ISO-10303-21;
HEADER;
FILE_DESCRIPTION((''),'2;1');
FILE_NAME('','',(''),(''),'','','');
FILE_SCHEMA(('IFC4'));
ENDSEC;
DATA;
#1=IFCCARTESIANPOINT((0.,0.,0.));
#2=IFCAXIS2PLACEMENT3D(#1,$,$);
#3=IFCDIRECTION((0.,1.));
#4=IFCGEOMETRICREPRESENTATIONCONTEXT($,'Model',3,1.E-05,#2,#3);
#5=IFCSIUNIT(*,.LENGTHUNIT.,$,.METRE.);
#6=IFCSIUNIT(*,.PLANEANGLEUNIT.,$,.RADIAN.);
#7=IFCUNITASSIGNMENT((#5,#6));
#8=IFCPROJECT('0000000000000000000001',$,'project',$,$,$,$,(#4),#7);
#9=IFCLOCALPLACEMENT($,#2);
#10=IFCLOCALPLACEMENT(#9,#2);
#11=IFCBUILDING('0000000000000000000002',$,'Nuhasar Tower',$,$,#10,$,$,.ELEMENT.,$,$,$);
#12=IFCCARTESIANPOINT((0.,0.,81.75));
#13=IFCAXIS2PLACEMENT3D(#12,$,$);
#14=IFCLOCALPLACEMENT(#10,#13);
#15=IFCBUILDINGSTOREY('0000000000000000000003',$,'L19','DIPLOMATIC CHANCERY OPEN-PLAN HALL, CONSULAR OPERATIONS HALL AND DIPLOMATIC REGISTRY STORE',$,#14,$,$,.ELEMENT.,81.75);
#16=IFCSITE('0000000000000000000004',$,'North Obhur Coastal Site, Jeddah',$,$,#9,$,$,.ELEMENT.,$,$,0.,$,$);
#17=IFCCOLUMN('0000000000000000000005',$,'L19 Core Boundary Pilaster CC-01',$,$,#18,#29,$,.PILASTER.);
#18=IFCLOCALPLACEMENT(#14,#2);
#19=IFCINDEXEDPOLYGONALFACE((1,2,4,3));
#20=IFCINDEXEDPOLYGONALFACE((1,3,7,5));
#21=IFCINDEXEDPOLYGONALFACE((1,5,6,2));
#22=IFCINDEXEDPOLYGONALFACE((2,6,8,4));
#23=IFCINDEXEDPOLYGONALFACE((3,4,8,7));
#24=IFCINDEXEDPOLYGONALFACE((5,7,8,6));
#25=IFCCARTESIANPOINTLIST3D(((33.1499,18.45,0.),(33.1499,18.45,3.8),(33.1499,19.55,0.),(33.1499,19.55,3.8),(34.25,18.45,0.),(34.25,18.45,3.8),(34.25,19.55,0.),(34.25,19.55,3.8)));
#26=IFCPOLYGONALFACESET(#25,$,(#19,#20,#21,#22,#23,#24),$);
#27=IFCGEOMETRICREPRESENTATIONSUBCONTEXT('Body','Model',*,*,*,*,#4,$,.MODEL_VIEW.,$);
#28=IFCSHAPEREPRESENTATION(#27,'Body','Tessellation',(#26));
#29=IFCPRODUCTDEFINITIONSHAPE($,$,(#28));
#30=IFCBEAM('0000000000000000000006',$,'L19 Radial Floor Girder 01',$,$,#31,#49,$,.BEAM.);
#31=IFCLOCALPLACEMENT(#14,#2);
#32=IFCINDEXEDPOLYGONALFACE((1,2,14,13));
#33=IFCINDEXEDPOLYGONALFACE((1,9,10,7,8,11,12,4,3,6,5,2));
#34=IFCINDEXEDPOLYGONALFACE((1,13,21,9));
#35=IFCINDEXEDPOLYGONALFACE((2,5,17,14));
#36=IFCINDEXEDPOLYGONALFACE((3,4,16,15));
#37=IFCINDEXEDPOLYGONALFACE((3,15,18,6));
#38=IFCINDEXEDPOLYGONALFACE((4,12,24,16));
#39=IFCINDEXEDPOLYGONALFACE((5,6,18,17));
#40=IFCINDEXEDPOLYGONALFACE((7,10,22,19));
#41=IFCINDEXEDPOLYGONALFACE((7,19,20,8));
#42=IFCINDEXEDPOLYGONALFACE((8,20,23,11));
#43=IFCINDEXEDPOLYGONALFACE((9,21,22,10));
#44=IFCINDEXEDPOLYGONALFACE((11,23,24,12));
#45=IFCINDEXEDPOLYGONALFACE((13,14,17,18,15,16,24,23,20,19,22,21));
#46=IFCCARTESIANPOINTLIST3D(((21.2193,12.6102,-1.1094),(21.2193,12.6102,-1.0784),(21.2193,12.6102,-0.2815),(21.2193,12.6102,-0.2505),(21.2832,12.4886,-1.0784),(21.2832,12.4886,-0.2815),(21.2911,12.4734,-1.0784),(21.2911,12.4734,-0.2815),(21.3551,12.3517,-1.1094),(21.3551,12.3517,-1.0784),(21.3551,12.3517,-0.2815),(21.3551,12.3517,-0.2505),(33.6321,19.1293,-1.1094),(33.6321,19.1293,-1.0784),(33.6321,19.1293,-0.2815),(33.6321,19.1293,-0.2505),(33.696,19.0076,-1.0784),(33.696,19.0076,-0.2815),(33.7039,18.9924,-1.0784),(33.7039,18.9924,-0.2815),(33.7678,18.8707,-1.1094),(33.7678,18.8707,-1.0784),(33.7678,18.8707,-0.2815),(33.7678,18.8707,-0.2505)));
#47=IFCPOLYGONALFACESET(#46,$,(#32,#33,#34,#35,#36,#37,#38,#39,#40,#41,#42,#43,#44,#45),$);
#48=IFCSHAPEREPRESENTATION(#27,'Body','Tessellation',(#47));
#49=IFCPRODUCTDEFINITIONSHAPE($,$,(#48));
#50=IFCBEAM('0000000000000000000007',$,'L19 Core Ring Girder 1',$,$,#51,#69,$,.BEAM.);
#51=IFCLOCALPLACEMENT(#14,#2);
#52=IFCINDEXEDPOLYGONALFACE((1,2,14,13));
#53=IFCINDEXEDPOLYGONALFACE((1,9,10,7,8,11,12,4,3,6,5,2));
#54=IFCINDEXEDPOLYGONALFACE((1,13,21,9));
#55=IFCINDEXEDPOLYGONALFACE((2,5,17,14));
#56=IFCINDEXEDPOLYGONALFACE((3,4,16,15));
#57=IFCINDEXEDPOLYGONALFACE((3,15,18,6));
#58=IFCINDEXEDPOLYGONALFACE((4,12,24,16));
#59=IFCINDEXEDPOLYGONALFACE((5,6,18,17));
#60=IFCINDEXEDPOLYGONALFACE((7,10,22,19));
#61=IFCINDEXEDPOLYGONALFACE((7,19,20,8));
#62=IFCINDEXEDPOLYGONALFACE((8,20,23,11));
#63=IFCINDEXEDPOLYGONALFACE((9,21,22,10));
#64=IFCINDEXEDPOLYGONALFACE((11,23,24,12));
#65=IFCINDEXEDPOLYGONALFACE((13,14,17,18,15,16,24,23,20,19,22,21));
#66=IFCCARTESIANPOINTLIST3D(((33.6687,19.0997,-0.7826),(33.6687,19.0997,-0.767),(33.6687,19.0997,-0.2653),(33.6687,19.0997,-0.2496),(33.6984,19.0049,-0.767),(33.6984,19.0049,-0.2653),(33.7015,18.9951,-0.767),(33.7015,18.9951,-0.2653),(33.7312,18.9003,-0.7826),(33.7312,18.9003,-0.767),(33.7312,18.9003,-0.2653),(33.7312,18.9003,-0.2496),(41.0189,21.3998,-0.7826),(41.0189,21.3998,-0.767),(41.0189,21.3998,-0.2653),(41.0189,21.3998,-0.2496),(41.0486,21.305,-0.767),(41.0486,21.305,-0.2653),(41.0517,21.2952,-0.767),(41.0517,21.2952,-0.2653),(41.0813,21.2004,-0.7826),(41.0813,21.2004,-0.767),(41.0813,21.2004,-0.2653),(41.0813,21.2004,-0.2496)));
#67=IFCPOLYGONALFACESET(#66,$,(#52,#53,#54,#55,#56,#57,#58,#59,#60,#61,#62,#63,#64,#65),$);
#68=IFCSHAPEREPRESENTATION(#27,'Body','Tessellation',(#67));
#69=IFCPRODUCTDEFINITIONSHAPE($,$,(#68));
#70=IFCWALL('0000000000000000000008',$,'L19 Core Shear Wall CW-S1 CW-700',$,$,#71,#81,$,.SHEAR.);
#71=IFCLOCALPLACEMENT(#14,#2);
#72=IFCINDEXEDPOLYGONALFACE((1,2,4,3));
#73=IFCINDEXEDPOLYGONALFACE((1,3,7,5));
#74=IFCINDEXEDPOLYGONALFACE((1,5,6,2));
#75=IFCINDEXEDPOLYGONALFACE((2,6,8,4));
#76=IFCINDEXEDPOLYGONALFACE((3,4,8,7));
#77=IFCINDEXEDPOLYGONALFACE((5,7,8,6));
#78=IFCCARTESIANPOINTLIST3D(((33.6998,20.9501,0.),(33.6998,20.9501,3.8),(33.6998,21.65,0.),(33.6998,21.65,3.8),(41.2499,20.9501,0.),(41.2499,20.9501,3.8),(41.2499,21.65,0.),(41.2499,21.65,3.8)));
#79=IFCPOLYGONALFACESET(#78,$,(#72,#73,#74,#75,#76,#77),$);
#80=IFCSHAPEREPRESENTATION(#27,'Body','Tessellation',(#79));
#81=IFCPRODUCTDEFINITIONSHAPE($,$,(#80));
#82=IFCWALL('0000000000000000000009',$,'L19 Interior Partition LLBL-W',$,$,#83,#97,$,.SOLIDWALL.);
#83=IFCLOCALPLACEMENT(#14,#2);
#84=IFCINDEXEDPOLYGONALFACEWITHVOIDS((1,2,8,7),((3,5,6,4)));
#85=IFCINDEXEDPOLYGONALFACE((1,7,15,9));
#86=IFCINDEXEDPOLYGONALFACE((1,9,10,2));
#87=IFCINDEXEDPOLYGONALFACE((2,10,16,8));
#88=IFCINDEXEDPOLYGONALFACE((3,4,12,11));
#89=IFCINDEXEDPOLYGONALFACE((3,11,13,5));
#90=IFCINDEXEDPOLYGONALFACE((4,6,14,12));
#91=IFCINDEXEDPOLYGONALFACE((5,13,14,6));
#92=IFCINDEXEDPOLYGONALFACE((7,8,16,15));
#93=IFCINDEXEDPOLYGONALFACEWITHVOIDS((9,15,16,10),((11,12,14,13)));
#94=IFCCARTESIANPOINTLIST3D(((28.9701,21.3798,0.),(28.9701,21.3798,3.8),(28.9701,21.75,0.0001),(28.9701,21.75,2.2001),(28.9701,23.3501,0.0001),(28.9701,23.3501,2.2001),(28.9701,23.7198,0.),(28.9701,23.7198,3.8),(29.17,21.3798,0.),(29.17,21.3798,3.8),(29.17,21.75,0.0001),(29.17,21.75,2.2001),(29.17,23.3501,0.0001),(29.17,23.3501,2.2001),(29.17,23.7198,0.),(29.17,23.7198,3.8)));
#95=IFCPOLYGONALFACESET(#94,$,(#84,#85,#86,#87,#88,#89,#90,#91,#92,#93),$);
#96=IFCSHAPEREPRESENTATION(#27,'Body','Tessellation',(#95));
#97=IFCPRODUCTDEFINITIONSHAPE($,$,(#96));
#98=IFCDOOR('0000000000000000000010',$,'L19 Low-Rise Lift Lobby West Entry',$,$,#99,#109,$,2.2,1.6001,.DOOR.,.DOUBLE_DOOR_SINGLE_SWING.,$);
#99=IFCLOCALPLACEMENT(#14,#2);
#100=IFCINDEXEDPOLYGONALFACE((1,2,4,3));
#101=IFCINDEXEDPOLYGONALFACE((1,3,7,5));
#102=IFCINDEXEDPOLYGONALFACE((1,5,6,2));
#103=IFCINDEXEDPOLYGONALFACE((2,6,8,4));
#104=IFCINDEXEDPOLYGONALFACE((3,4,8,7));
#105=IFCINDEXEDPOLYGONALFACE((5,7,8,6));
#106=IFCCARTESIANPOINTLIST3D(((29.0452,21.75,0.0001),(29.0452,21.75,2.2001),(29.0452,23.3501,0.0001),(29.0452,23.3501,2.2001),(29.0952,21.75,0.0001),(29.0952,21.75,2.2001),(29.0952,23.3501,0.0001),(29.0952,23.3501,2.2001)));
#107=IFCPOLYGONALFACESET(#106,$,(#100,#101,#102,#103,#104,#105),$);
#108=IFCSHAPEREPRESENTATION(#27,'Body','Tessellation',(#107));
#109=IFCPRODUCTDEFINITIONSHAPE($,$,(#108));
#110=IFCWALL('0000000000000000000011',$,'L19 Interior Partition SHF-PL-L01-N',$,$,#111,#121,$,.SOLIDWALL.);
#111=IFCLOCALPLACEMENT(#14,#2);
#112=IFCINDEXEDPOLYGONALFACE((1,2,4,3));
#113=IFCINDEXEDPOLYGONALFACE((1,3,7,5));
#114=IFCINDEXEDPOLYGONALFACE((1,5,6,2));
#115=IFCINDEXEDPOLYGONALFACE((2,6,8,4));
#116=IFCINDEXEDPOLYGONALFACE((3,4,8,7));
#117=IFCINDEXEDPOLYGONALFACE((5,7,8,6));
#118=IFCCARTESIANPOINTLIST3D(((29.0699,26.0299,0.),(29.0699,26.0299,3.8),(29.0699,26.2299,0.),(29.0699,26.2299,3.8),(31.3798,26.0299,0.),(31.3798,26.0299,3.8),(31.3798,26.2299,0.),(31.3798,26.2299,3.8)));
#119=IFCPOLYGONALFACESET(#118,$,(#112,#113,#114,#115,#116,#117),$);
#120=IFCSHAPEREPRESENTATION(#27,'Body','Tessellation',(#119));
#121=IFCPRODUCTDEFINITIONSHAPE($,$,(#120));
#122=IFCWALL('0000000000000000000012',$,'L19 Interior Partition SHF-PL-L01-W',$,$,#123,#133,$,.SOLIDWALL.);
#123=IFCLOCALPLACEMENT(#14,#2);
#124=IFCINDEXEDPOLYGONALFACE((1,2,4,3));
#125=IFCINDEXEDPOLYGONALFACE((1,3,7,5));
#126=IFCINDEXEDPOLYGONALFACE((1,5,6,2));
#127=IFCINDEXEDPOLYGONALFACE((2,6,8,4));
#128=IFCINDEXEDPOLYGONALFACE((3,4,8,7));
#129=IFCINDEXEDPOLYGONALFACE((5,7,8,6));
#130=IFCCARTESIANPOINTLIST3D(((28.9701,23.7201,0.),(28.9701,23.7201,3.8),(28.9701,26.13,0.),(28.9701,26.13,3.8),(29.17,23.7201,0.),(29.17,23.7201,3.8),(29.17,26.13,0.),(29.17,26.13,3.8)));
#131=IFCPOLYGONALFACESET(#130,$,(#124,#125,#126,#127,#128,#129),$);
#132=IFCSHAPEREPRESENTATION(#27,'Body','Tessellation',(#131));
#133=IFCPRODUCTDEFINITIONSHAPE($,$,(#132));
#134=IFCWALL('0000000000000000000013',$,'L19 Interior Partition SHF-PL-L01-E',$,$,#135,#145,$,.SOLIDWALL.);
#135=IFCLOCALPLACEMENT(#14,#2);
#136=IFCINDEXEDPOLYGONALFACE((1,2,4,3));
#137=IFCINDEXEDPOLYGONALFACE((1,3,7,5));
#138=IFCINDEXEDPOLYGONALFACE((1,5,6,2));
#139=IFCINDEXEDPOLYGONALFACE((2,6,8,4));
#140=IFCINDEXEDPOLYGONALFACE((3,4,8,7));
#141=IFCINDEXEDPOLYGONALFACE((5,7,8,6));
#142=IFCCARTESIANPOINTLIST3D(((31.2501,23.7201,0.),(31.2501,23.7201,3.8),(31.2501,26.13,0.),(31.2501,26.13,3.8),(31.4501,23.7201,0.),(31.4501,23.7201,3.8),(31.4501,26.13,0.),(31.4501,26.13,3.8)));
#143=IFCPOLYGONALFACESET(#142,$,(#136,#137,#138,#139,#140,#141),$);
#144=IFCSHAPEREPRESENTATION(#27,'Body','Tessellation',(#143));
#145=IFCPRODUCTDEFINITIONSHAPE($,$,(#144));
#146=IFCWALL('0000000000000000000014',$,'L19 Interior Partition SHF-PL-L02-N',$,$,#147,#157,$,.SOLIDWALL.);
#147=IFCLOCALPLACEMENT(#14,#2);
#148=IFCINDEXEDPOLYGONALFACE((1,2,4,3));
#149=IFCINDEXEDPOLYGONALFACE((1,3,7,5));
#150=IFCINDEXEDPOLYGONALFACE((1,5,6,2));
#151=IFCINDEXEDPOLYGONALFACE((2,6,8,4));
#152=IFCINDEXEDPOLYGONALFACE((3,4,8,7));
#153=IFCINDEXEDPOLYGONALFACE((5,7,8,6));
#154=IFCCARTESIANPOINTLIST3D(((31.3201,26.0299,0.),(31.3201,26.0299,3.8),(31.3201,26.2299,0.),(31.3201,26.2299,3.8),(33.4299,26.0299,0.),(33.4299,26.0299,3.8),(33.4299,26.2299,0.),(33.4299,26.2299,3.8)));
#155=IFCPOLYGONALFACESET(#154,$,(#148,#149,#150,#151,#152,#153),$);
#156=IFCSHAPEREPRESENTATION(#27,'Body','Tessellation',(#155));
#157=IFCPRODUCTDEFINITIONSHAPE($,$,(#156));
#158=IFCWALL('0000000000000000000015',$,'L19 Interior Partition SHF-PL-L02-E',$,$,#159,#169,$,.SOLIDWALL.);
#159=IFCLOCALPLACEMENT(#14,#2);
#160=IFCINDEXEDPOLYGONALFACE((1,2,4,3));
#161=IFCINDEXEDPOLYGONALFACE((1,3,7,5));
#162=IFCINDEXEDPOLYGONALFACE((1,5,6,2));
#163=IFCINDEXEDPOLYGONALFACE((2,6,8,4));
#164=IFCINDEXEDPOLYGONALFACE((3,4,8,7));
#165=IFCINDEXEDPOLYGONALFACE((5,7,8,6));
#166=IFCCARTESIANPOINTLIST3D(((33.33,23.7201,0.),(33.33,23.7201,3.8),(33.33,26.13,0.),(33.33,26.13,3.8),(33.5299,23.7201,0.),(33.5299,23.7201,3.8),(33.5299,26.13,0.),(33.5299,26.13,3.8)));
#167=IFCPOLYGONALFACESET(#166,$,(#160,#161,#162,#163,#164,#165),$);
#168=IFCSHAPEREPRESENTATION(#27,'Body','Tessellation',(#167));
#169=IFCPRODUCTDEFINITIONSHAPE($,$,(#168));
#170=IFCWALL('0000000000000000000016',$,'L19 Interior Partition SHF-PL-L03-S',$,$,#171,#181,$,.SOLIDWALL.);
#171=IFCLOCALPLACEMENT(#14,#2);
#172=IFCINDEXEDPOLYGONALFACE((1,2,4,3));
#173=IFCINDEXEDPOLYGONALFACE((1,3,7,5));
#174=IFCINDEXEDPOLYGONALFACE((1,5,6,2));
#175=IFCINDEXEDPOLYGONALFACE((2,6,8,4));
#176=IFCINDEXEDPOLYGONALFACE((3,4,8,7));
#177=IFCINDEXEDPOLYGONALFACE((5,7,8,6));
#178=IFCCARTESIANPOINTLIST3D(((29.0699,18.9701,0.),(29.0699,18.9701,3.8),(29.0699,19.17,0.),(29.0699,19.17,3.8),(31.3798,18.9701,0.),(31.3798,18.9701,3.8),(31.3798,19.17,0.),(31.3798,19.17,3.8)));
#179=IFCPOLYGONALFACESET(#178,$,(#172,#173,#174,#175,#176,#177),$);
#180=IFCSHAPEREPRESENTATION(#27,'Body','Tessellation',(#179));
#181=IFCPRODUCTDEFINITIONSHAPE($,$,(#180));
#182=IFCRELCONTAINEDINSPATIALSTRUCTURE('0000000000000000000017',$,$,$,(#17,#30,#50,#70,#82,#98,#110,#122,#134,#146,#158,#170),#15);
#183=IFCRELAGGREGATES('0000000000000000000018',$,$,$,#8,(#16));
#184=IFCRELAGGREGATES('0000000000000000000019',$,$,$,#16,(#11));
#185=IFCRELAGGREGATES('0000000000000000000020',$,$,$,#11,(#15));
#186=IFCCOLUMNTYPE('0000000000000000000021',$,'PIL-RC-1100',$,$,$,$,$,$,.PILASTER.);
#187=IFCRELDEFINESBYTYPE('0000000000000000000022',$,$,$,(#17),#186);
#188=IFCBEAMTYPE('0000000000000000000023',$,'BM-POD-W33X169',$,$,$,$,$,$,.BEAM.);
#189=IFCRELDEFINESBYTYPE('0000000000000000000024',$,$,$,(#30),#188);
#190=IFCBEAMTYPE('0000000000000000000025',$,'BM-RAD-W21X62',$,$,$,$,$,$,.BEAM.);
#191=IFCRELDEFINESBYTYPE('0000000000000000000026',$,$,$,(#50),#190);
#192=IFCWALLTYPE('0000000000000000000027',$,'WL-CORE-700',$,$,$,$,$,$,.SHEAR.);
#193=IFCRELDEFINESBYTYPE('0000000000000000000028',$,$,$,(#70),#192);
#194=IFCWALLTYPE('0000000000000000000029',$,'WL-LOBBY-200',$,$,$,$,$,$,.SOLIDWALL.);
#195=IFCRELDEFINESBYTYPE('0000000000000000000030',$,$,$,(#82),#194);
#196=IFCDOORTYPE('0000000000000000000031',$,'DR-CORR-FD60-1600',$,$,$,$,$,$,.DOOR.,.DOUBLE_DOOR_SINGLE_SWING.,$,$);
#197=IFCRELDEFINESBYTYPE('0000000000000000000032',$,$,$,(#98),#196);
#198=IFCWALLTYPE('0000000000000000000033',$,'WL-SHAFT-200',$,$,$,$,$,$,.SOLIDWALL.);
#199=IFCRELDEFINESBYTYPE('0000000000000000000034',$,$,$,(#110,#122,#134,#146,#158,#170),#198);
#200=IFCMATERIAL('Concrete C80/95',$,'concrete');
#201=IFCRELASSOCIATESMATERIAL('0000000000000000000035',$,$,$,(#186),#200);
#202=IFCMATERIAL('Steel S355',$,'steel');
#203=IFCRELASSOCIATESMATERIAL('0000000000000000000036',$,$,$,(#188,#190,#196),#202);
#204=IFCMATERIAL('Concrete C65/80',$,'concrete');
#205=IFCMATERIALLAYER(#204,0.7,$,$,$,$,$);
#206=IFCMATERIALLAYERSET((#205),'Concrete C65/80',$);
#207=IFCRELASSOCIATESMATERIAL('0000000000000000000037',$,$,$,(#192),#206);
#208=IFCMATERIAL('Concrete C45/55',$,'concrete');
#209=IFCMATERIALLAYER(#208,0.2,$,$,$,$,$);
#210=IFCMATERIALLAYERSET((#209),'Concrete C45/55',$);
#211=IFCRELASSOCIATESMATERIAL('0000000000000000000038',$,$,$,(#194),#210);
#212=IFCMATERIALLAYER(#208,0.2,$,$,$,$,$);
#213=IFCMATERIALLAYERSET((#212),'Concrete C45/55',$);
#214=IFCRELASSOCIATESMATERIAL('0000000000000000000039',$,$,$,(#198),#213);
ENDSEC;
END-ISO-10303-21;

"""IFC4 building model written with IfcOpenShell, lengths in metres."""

from ifc_helpers import new_model, si_unit, direction, frame, frame_2d, origin, origin_2d, place, context, subcontext, project, spatial, rectangle, i_section, extrude, material, layer, layer_set, material_profile, profile_set, type_object, element, fill, save


model = new_model("IFC4")

# Units and contexts
model_context = context("Model", 3, precision=1e-05, world=origin(), true_north=direction((0.0, 1.0)))
body_context = subcontext(model_context, "Body", "Model", "MODEL_VIEW")
ifc_project = project(units=[si_unit("LENGTHUNIT", "METRE"), si_unit("PLANEANGLEUNIT", "RADIAN")], contexts=[model_context])

# Site, building, storey
site_placement = place(None, origin())
site = spatial("IfcSite", under=ifc_project, at=site_placement, Name="North Obhur Coastal Site, Jeddah", CompositionType="ELEMENT", RefElevation=0.0)
building_placement = place(site_placement, origin())
building = spatial("IfcBuilding", under=site, at=building_placement, Name="Nuhasar Tower", CompositionType="ELEMENT")
storey_placement = place(building_placement, frame((0.0, 0.0, 81.75)))
storey = spatial("IfcBuildingStorey", under=building, at=storey_placement, Name="L19", Description="DIPLOMATIC CHANCERY OPEN-PLAN HALL, CONSULAR OPERATIONS HALL AND DIPLOMATIC REGISTRY STORE", CompositionType="ELEMENT", Elevation=81.75)

# Column
ifc_material_1 = material(Name="Concrete C80/95", Category="concrete")
ifc_material_profile_1 = material_profile(ifc_material_1, rectangle(XDim=1.1001, YDim=1.1001, at=origin_2d()), Name="RC1100X1100")
ifc_profile_set_1 = profile_set([ifc_material_profile_1], Name="Concrete C80/95")
column_type = type_object("IfcColumnType", Name="PIL-RC-1100", PredefinedType="PILASTER", material=ifc_profile_set_1)
column_placement = place(storey_placement, frame((33.7, 19.0, 0.0), z_axis=(0.0, 0.0, 1.0), x_axis=(1.0, 0.0, 0.0)))
element("IfcColumn", 1, at=column_placement, inside=storey, type_object=column_type, Name="L19 Core Boundary Pilaster CC-01", PredefinedType="PILASTER", context=body_context, shape_type="SweptSolid", body=[
    extrude(rectangle(XDim=1.1001, YDim=1.1001, at=origin_2d()), origin(), (0.0, 0.0, 1.0), 3.8),
])

# Beams
ifc_material_2 = material(Name="Steel S355", Category="steel")
ifc_material_profile_2 = material_profile(ifc_material_2, i_section(OverallWidth=0.292, OverallDepth=0.8589, WebThickness=0.0171, FlangeThickness=0.031, at=origin_2d()), Name="W33X169")
ifc_profile_set_2 = profile_set([ifc_material_profile_2], Name="Steel S355")
beam_type_1 = type_object("IfcBeamType", Name="BM-POD-W33X169", PredefinedType="BEAM", material=ifc_profile_set_2)
beam_1_placement = place(storey_placement, frame((33.7, 19.0, -0.6799), z_axis=(-0.88533, -0.464963, 0.0), x_axis=(0.464963, -0.88533, 0.0)))
element("IfcBeam", 2, at=beam_1_placement, inside=storey, type_object=beam_type_1, Name="L19 Radial Floor Girder 01", PredefinedType="BEAM", context=body_context, shape_type="SweptSolid", body=[
    extrude(i_section(OverallWidth=0.292, OverallDepth=0.8589, WebThickness=0.0171, FlangeThickness=0.031, at=origin_2d()), origin(), (0.0, 0.0, 1.0), 14.0205),
])
ifc_material_profile_3 = material_profile(ifc_material_2, i_section(OverallWidth=0.209, OverallDepth=0.533, WebThickness=0.0103, FlangeThickness=0.0156, at=origin_2d()), Name="W21X62")
ifc_profile_set_3 = profile_set([ifc_material_profile_3], Name="Steel S355")
beam_type_2 = type_object("IfcBeamType", Name="BM-RAD-W21X62", PredefinedType="BEAM", material=ifc_profile_set_3)
beam_2_placement = place(storey_placement, frame((33.7, 19.0, -0.5161), z_axis=(0.954364, 0.298647, 0.0), x_axis=(-0.298647, 0.954364, 0.0)))
element("IfcBeam", 3, at=beam_2_placement, inside=storey, type_object=beam_type_2, Name="L19 Core Ring Girder 1", PredefinedType="BEAM", context=body_context, shape_type="SweptSolid", body=[
    extrude(i_section(OverallWidth=0.209, OverallDepth=0.533, WebThickness=0.0103, FlangeThickness=0.0156, at=origin_2d()), origin(), (0.0, 0.0, 1.0), 7.7017),
])

# Wall
ifc_material_3 = material(Name="Concrete C65/80", Category="concrete")
ifc_layer_1 = layer(ifc_material_3, 0.7)
ifc_layer_set_1 = layer_set([ifc_layer_1], Name="Concrete C65/80")
wall_type_1 = type_object("IfcWallType", Name="WL-CORE-700", PredefinedType="SHEAR", material=ifc_layer_set_1)
wall_1_placement = place(storey_placement, frame((33.7, 21.3, 0.0), z_axis=(0.0, 0.0, 1.0), x_axis=(1.0, 0.0, 0.0)))
element("IfcWall", 4, at=wall_1_placement, inside=storey, type_object=wall_type_1, Name="L19 Core Shear Wall CW-S1 CW-700", PredefinedType="SHEAR", context=body_context, shape_type="SweptSolid", body=[
    extrude(rectangle(XDim=7.55, YDim=0.7, at=frame_2d((3.7749, 0.0))), origin(), (0.0, 0.0, 1.0), 3.8),
])

# Wall, opening, door
ifc_material_4 = material(Name="Concrete C45/55", Category="concrete")
ifc_layer_2 = layer(ifc_material_4, 0.2)
ifc_layer_set_2 = layer_set([ifc_layer_2], Name="Concrete C45/55")
wall_type_2 = type_object("IfcWallType", Name="WL-LOBBY-200", PredefinedType="SOLIDWALL", material=ifc_layer_set_2)
wall_2_placement = place(storey_placement, frame((29.0701, 21.3799, 0.0), z_axis=(0.0, 0.0, 1.0), x_axis=(0.0, 1.0, 0.0)))
wall_2 = element("IfcWall", 5, at=wall_2_placement, inside=storey, type_object=wall_type_2, Name="L19 Interior Partition LLBL-W", PredefinedType="SOLIDWALL", context=body_context, shape_type="SweptSolid", body=[
    extrude(rectangle(XDim=2.3401, YDim=0.2, at=frame_2d((1.1699, 0.0))), origin(), (0.0, 0.0, 1.0), 3.8),
])
opening_1_placement = place(wall_2_placement, frame((0.3701, 0.0, 0.0)))
opening_1 = element("IfcOpeningElement", 6, at=opening_1_placement, cuts=wall_2, PredefinedType="OPENING", context=body_context, shape_type="SweptSolid", body=[
    extrude(rectangle(XDim=1.6001, YDim=2.2, at=frame_2d((0.8, 1.1001))), frame((0.0, 0.1099, 0.0), z_axis=(0.0, -1.0, 0.0), x_axis=(1.0, 0.0, 0.0)), (0.0, 0.0, 1.0), 0.22),
])
door_type_1 = type_object("IfcDoorType", Name="DR-CORR-FD60-1600", OperationType="DOUBLE_DOOR_SINGLE_SWING", PredefinedType="DOOR", material=ifc_material_2)
door_1_placement = place(opening_1_placement, origin())
door_1 = element("IfcDoor", 7, at=door_1_placement, inside=storey, type_object=door_type_1, Name="L19 Low-Rise Lift Lobby West Entry", OperationType="DOUBLE_DOOR_SINGLE_SWING", OverallHeight=2.2, OverallWidth=1.6001, PredefinedType="DOOR", context=body_context, shape_type="SweptSolid", body=[
    extrude(rectangle(XDim=1.6001, YDim=2.2, at=frame_2d((0.8, 1.1001))), frame((0.0, 0.0249, 0.0), z_axis=(0.0, -1.0, 0.0), x_axis=(1.0, 0.0, 0.0)), (0.0, 0.0, 1.0), 0.05),
])
fill(opening_1, door_1)
ifc_layer_3 = layer(ifc_material_4, 0.2)
ifc_layer_set_3 = layer_set([ifc_layer_3], Name="Concrete C45/55")
wall_type_3 = type_object("IfcWallType", Name="WL-SHAFT-200", PredefinedType="SOLIDWALL", material=ifc_layer_set_3)

# Walls
wall_3_placement = place(storey_placement, frame((29.0701, 26.1299, 0.0), z_axis=(0.0, 0.0, 1.0), x_axis=(1.0, 0.0, 0.0)))
element("IfcWall", 8, at=wall_3_placement, inside=storey, type_object=wall_type_3, Name="L19 Interior Partition SHF-PL-L01-N", PredefinedType="SOLIDWALL", context=body_context, shape_type="SweptSolid", body=[
    extrude(rectangle(XDim=2.3098, YDim=0.2, at=frame_2d((1.1548, 0.0))), origin(), (0.0, 0.0, 1.0), 3.8),
])
for number, where, z_axis, x_axis, name in (
    (9, (29.0701, 23.72, 0.0), (0.0, 0.0, 1.0), (0.0, 1.0, 0.0), "L19 Interior Partition SHF-PL-L01-W"),
    (10, (31.3501, 23.72, 0.0), (0.0, 0.0, 1.0), (0.0, 1.0, 0.0), "L19 Interior Partition SHF-PL-L01-E"),
):
    element("IfcWall", number, at=place(storey_placement, frame(where, z_axis=z_axis, x_axis=x_axis)), inside=storey, type_object=wall_type_3, Name=name, PredefinedType="SOLIDWALL", context=body_context, shape_type="SweptSolid", body=[
        extrude(rectangle(XDim=2.4099, YDim=0.2, at=frame_2d((1.2051, 0.0))), origin(), (0.0, 0.0, 1.0), 3.8),
    ])

# Walls
wall_4_placement = place(storey_placement, frame((31.3201, 26.1299, 0.0), z_axis=(0.0, 0.0, 1.0), x_axis=(1.0, 0.0, 0.0)))
element("IfcWall", 11, at=wall_4_placement, inside=storey, type_object=wall_type_3, Name="L19 Interior Partition SHF-PL-L02-N", PredefinedType="SOLIDWALL", context=body_context, shape_type="SweptSolid", body=[
    extrude(rectangle(XDim=2.1099, YDim=0.2, at=frame_2d((1.0549, 0.0))), origin(), (0.0, 0.0, 1.0), 3.8),
])
wall_5_placement = place(storey_placement, frame((33.4299, 23.72, 0.0), z_axis=(0.0, 0.0, 1.0), x_axis=(0.0, 1.0, 0.0)))
element("IfcWall", 12, at=wall_5_placement, inside=storey, type_object=wall_type_3, Name="L19 Interior Partition SHF-PL-L02-E", PredefinedType="SOLIDWALL", context=body_context, shape_type="SweptSolid", body=[
    extrude(rectangle(XDim=2.4099, YDim=0.2, at=frame_2d((1.2051, 0.0))), origin(), (0.0, 0.0, 1.0), 3.8),
])
wall_6_placement = place(storey_placement, frame((29.0701, 19.0701, 0.0), z_axis=(0.0, 0.0, 1.0), x_axis=(1.0, 0.0, 0.0)))
element("IfcWall", 13, at=wall_6_placement, inside=storey, type_object=wall_type_3, Name="L19 Interior Partition SHF-PL-L03-S", PredefinedType="SOLIDWALL", context=body_context, shape_type="SweptSolid", body=[
    extrude(rectangle(XDim=2.3098, YDim=0.2, at=frame_2d((1.1548, 0.0))), origin(), (0.0, 0.0, 1.0), 3.8),
])

save(model, "model.ifc")
